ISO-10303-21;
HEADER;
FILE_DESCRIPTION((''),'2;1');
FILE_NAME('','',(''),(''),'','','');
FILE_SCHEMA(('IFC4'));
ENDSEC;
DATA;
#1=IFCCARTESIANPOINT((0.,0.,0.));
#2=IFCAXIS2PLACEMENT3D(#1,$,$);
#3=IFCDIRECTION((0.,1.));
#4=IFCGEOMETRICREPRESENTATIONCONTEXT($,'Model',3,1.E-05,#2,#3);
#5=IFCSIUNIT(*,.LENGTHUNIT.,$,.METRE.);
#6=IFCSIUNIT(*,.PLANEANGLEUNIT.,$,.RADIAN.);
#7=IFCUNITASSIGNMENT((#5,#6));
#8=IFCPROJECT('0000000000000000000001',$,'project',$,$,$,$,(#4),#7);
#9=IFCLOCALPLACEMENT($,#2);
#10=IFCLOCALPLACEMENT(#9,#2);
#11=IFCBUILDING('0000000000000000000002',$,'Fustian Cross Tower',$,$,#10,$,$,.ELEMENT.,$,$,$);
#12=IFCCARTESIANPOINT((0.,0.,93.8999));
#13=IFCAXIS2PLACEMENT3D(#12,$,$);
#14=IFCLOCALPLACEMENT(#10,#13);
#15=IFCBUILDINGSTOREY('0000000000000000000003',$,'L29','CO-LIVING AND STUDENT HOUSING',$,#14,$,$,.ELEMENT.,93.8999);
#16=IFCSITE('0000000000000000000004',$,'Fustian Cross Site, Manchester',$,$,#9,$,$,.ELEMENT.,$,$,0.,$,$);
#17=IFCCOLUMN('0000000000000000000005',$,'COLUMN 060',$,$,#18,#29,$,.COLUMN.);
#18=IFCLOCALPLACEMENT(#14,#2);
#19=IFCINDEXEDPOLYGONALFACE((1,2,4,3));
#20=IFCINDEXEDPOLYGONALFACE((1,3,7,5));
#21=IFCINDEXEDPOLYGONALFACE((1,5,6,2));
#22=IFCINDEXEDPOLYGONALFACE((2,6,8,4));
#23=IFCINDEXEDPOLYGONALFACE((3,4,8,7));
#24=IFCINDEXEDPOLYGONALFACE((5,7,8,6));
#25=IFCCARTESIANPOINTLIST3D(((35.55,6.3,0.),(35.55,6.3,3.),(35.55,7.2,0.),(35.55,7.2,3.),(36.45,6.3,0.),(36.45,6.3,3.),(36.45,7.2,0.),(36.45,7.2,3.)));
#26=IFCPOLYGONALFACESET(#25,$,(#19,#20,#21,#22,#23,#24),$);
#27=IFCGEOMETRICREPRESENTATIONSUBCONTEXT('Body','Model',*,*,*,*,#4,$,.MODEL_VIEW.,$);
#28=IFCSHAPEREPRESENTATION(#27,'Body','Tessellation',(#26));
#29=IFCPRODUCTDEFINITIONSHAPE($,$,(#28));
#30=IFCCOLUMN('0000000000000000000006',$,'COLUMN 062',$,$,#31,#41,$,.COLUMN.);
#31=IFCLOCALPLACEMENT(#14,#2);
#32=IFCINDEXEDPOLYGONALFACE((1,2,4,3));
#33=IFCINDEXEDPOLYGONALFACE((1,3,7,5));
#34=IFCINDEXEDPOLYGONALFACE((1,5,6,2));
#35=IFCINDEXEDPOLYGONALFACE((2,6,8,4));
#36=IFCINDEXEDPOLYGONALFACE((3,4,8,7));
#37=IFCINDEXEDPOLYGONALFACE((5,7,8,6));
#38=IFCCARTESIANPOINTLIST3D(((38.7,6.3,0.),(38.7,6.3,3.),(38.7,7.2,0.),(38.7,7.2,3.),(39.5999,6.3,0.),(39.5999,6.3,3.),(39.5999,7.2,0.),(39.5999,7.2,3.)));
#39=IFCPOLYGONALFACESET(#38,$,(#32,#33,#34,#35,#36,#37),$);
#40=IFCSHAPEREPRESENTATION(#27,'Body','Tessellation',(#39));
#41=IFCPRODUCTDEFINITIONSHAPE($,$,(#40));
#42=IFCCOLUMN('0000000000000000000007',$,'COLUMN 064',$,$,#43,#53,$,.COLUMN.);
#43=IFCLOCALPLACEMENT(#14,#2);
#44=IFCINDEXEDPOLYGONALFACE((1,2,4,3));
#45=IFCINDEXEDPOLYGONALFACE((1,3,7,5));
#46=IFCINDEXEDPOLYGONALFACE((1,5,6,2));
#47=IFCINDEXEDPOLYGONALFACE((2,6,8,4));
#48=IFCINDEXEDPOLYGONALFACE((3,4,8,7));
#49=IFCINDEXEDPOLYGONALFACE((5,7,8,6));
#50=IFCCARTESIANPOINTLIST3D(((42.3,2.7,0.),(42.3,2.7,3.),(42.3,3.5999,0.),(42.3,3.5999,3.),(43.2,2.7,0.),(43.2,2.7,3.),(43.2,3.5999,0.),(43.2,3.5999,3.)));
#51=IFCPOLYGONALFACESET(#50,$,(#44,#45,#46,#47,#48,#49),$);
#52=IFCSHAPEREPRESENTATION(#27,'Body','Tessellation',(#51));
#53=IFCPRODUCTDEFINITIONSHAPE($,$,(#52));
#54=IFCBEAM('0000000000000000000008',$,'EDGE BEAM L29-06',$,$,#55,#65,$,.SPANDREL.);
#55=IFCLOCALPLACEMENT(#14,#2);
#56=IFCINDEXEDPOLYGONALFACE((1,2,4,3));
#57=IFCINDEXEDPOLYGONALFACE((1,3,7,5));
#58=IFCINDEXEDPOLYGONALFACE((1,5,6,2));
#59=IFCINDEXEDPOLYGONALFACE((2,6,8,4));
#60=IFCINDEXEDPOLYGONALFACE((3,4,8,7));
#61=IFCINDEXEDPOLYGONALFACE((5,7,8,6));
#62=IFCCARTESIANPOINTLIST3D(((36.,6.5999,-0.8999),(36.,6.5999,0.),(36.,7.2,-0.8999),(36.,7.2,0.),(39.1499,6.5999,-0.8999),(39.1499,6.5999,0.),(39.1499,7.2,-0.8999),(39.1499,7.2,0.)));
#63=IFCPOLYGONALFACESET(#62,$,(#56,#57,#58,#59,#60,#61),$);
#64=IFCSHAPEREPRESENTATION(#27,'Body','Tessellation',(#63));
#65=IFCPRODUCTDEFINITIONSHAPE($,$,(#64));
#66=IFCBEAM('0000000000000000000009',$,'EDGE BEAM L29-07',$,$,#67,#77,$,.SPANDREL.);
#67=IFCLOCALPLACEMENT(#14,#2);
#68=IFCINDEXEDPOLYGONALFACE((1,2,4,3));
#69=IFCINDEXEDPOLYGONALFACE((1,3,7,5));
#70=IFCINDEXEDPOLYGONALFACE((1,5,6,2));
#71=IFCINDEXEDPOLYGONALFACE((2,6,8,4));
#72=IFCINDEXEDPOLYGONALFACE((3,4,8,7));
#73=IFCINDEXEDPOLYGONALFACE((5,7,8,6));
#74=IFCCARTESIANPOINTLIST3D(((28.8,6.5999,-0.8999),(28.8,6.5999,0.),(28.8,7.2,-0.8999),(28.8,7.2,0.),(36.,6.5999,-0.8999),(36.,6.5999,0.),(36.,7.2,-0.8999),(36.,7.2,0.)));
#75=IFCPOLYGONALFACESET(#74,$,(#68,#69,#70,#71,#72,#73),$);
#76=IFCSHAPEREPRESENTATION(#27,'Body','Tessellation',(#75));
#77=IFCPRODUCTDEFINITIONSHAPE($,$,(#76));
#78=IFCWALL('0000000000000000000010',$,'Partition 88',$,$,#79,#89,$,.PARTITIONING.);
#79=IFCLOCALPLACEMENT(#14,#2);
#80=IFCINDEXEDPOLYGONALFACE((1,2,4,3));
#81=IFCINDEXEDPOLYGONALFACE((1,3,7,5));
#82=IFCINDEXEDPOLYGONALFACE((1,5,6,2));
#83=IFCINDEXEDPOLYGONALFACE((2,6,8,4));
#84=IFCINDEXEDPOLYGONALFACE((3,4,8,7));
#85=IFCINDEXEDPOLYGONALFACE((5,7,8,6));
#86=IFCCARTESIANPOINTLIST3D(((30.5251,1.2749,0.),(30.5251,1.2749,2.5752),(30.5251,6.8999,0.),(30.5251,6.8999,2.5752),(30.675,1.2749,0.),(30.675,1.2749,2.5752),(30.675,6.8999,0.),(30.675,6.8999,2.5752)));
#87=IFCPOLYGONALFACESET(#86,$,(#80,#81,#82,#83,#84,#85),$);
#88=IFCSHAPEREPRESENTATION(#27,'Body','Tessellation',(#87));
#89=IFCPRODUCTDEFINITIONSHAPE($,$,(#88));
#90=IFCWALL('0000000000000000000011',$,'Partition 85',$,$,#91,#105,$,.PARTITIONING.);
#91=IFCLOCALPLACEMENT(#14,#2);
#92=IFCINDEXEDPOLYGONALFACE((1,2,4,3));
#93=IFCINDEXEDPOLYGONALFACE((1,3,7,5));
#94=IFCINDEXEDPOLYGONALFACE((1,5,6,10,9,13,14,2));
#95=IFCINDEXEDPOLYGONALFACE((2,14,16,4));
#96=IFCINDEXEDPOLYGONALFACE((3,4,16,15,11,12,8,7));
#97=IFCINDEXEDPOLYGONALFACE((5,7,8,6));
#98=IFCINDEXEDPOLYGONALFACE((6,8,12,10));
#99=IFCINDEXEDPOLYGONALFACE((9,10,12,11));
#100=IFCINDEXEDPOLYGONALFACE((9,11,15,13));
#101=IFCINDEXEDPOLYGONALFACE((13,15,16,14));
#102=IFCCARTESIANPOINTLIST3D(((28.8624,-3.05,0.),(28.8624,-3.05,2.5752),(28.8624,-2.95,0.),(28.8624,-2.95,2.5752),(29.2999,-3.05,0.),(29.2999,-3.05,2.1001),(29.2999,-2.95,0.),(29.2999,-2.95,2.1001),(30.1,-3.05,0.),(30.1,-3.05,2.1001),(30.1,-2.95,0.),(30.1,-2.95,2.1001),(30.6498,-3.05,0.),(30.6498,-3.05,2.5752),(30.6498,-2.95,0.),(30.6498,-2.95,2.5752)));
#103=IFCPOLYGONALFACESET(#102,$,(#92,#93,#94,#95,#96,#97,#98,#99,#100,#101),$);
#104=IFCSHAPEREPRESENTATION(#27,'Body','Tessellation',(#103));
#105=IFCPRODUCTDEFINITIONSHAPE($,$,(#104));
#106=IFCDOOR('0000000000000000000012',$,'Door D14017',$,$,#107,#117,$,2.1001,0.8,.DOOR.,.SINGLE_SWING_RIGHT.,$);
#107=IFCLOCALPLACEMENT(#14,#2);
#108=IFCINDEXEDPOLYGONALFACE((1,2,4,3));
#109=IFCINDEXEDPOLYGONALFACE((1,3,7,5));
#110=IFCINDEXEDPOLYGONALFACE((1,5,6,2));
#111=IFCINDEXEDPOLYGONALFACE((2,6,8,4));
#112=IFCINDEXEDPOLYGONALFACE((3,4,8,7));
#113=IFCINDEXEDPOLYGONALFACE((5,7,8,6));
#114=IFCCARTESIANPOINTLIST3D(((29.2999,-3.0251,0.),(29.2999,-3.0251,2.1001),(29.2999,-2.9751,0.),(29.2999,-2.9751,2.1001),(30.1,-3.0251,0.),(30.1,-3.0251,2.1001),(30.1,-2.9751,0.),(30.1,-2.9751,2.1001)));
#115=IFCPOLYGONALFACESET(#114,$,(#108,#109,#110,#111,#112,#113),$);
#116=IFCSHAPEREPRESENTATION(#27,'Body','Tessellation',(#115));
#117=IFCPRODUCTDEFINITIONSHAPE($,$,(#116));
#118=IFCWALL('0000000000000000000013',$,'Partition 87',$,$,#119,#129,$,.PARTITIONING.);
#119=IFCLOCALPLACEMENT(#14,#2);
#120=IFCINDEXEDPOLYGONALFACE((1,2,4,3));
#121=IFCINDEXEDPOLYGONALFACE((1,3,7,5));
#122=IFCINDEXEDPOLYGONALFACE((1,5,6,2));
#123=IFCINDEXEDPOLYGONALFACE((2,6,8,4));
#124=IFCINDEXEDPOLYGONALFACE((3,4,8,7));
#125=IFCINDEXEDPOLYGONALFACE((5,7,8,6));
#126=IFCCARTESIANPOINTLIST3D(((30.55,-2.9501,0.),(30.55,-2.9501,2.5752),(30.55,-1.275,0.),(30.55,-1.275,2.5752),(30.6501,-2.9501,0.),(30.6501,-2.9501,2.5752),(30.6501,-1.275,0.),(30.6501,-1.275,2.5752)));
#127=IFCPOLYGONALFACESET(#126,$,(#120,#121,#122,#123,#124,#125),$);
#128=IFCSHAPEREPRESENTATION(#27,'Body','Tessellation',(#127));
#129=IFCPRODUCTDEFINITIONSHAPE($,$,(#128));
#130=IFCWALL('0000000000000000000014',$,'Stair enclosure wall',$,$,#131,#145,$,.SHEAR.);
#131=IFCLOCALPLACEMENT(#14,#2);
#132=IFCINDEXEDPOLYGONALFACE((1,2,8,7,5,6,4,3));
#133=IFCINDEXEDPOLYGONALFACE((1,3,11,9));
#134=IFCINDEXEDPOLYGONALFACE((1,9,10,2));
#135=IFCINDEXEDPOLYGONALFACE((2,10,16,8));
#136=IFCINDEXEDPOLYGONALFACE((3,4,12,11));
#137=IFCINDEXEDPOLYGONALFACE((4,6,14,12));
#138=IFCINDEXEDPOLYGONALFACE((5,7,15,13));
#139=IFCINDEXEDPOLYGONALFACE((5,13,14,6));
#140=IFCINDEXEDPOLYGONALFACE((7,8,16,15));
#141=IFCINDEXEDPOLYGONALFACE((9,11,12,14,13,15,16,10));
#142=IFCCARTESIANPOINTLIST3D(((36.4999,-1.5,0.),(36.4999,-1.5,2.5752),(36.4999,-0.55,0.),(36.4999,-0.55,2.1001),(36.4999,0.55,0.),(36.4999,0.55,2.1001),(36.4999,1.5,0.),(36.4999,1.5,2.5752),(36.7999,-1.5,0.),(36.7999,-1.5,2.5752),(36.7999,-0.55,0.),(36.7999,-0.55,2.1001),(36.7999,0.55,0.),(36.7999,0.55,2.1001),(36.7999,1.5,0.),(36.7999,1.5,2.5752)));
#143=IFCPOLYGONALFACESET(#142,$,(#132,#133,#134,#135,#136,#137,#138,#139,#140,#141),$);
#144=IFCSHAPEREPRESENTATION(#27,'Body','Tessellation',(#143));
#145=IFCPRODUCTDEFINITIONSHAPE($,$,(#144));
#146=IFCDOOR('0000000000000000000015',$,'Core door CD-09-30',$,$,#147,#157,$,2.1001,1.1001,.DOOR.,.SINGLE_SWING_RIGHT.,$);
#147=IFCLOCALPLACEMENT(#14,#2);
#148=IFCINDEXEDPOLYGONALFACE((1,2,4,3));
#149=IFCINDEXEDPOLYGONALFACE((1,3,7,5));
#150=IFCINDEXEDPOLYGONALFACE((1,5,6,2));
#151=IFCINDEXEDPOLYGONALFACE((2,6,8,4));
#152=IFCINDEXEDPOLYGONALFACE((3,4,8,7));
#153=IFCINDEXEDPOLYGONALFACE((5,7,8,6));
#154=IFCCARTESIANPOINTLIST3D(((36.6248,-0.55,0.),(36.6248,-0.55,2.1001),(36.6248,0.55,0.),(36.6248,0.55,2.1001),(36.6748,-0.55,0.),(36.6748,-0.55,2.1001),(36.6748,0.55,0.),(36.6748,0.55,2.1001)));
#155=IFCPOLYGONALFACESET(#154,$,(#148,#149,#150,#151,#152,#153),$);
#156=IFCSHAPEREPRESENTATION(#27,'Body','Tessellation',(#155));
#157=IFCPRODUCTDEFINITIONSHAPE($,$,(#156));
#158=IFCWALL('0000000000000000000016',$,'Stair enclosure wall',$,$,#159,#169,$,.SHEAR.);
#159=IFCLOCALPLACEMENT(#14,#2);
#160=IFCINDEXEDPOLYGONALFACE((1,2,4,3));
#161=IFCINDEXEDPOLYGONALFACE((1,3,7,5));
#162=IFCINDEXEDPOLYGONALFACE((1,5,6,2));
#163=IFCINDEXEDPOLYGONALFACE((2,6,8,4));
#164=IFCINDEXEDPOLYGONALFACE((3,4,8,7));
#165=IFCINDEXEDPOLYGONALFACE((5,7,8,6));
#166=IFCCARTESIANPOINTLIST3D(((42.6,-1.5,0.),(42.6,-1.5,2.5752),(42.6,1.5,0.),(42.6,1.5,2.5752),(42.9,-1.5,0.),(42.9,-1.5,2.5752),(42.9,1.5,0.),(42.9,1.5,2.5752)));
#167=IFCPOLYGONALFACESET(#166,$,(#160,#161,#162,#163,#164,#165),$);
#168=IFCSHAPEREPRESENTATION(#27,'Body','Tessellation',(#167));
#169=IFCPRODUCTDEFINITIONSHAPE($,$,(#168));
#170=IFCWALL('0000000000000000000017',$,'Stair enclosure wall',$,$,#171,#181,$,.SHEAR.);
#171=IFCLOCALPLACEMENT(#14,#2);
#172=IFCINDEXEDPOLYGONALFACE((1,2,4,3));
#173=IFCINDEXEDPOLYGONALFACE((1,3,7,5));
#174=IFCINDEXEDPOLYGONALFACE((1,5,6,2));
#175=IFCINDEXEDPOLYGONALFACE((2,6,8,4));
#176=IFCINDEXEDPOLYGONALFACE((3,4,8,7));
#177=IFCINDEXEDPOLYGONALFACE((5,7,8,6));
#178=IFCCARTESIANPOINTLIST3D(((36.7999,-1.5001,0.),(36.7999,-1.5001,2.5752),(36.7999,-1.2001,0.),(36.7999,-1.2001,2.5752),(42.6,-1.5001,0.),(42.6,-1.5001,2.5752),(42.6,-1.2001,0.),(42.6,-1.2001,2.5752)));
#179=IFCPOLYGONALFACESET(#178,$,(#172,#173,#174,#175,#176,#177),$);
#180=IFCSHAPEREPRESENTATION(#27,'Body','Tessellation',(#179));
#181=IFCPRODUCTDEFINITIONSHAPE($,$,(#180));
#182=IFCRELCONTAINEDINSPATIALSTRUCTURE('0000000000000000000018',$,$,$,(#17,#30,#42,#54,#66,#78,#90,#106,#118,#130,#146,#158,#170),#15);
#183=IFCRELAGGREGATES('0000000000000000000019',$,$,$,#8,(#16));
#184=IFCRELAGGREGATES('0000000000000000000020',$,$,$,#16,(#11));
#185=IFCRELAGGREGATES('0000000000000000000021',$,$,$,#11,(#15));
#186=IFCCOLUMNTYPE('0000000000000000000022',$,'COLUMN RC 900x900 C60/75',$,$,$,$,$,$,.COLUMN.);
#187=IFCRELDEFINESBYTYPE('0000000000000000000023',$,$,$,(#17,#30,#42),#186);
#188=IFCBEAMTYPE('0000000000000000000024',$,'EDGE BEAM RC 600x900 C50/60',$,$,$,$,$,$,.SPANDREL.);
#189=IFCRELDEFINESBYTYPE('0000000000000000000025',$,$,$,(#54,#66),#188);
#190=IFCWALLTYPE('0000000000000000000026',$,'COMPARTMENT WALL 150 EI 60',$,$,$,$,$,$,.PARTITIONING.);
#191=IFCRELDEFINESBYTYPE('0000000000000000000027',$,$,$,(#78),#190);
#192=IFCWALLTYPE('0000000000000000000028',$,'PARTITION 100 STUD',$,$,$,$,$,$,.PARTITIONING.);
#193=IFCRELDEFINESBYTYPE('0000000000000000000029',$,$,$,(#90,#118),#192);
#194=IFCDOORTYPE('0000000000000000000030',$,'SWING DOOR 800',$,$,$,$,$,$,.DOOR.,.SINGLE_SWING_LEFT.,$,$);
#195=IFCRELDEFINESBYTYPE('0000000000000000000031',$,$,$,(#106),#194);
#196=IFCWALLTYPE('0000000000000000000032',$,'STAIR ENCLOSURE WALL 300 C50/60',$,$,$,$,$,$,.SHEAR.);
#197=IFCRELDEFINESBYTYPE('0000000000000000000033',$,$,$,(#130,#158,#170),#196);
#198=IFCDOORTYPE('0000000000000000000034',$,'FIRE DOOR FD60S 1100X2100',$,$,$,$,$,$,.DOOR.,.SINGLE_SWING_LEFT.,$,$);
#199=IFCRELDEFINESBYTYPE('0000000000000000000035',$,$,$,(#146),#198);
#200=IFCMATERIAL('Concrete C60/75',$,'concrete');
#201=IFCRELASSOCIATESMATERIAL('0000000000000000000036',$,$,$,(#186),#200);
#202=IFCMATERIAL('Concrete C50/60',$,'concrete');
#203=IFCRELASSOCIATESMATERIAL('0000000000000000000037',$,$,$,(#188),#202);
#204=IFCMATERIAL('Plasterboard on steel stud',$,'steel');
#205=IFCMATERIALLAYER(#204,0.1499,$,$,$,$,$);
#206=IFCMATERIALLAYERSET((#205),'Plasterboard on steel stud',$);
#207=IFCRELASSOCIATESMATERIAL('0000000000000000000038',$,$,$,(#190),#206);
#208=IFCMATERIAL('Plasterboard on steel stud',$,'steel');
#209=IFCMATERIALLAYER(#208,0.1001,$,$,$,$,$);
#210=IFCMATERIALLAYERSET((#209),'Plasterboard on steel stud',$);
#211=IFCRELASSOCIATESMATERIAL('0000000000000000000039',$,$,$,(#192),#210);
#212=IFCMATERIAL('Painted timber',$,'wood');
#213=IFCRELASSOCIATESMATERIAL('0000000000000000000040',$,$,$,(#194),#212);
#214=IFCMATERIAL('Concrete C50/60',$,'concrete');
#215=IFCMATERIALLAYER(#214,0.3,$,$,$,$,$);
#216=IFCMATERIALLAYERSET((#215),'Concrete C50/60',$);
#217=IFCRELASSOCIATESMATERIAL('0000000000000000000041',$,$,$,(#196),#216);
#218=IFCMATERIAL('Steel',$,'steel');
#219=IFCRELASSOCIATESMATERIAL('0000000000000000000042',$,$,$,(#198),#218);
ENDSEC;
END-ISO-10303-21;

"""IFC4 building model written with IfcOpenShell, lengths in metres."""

from ifc_helpers import new_model, si_unit, direction, frame, frame_2d, origin, origin_2d, place, context, subcontext, project, spatial, rectangle, extrude, material, layer, layer_set, material_profile, profile_set, type_object, element, fill, save


model = new_model("IFC4")

# Units and contexts
model_context = context("Model", 3, precision=1e-05, world=origin(), true_north=direction((0.0, 1.0)))
body_context = subcontext(model_context, "Body", "Model", "MODEL_VIEW")
ifc_project = project(units=[si_unit("LENGTHUNIT", "METRE"), si_unit("PLANEANGLEUNIT", "RADIAN")], contexts=[model_context])

# Site, building, storey
site_placement = place(None, origin())
site = spatial("IfcSite", under=ifc_project, at=site_placement, Name="Fustian Cross Site, Manchester", CompositionType="ELEMENT", RefElevation=0.0)
building_placement = place(site_placement, origin())
building = spatial("IfcBuilding", under=site, at=building_placement, Name="Fustian Cross Tower", CompositionType="ELEMENT")
storey_placement = place(building_placement, frame((0.0, 0.0, 93.8999)))
storey = spatial("IfcBuildingStorey", under=building, at=storey_placement, Name="L29", Description="CO-LIVING AND STUDENT HOUSING", CompositionType="ELEMENT", Elevation=93.8999)

# Columns
ifc_material_1 = material(Name="Concrete C60/75", Category="concrete")
ifc_material_profile_1 = material_profile(ifc_material_1, rectangle(XDim=0.8999, YDim=0.8999, at=origin_2d()), Name="RC 900x900")
ifc_profile_set_1 = profile_set([ifc_material_profile_1], Name="Concrete C60/75")
column_type = type_object("IfcColumnType", Name="COLUMN RC 900x900 C60/75", PredefinedType="COLUMN", material=ifc_profile_set_1)
for number, where, z_axis, x_axis, name in (
    (1, (36.0, 6.75, 0.0), (0.0, 0.0, 1.0), (1.0, 0.0, 0.0), "COLUMN 060"),
    (2, (39.1499, 6.75, 0.0), (0.0, 0.0, 1.0), (1.0, 0.0, 0.0), "COLUMN 062"),
    (3, (42.75, 3.1499, 0.0), (0.0, 0.0, 1.0), (1.0, 0.0, 0.0), "COLUMN 064"),
):
    element("IfcColumn", number, at=place(storey_placement, frame(where, z_axis=z_axis, x_axis=x_axis)), inside=storey, type_object=column_type, Name=name, PredefinedType="COLUMN", context=body_context, shape_type="SweptSolid", body=[
        extrude(rectangle(XDim=0.8999, YDim=0.8999, at=origin_2d()), origin(), (0.0, 0.0, 1.0), 3.0),
    ])

# Beams
ifc_material_2 = material(Name="Concrete C50/60", Category="concrete")
ifc_material_profile_2 = material_profile(ifc_material_2, rectangle(XDim=0.6001, YDim=0.8999, at=origin_2d()), Name="RC 600x900")
ifc_profile_set_2 = profile_set([ifc_material_profile_2], Name="Concrete C50/60")
beam_type = type_object("IfcBeamType", Name="EDGE BEAM RC 600x900 C50/60", PredefinedType="SPANDREL", material=ifc_profile_set_2)
beam_1_placement = place(storey_placement, frame((39.1499, 6.8999, -0.45), z_axis=(-1.0, 0.0, 0.0), x_axis=(0.0, -1.0, 0.0)))
element("IfcBeam", 4, at=beam_1_placement, inside=storey, type_object=beam_type, Name="EDGE BEAM L29-06", PredefinedType="SPANDREL", context=body_context, shape_type="SweptSolid", body=[
    extrude(rectangle(XDim=0.6001, YDim=0.8999, at=origin_2d()), origin(), (0.0, 0.0, 1.0), 3.1499),
])
beam_2_placement = place(storey_placement, frame((36.0, 6.8999, -0.45), z_axis=(-1.0, 0.0, 0.0), x_axis=(0.0, -1.0, 0.0)))
element("IfcBeam", 5, at=beam_2_placement, inside=storey, type_object=beam_type, Name="EDGE BEAM L29-07", PredefinedType="SPANDREL", context=body_context, shape_type="SweptSolid", body=[
    extrude(rectangle(XDim=0.6001, YDim=0.8999, at=origin_2d()), origin(), (0.0, 0.0, 1.0), 7.2),
])

# Wall
ifc_material_3 = material(Name="Plasterboard on steel stud", Category="steel")
ifc_layer_1 = layer(ifc_material_3, 0.1499)
ifc_layer_set_1 = layer_set([ifc_layer_1], Name="Plasterboard on steel stud")
wall_type_1 = type_object("IfcWallType", Name="COMPARTMENT WALL 150 EI 60", PredefinedType="PARTITIONING", material=ifc_layer_set_1)
wall_1_placement = place(storey_placement, frame((30.6001, 1.2749, 0.0), z_axis=(0.0, 0.0, 1.0), x_axis=(0.0, 1.0, 0.0)))
element("IfcWall", 6, at=wall_1_placement, inside=storey, type_object=wall_type_1, Name="Partition 88", PredefinedType="PARTITIONING", context=body_context, shape_type="SweptSolid", body=[
    extrude(rectangle(XDim=5.625, YDim=0.1499, at=frame_2d((2.8125, 0.0))), origin(), (0.0, 0.0, 1.0), 2.5752),
])

# Wall, opening, door
ifc_material_4 = material(Name="Plasterboard on steel stud", Category="steel")
ifc_layer_2 = layer(ifc_material_4, 0.1001)
ifc_layer_set_2 = layer_set([ifc_layer_2], Name="Plasterboard on steel stud")
wall_type_2 = type_object("IfcWallType", Name="PARTITION 100 STUD", PredefinedType="PARTITIONING", material=ifc_layer_set_2)
wall_2_placement = place(storey_placement, frame((28.8625, -3.0, 0.0), z_axis=(0.0, 0.0, 1.0), x_axis=(1.0, 0.0, 0.0)))
wall_2 = element("IfcWall", 7, at=wall_2_placement, inside=storey, type_object=wall_type_2, Name="Partition 85", PredefinedType="PARTITIONING", context=body_context, shape_type="SweptSolid", body=[
    extrude(rectangle(XDim=1.7874, YDim=0.1001, at=frame_2d((0.8936, 0.0))), origin(), (0.0, 0.0, 1.0), 2.5752),
])
opening_1_placement = place(wall_2_placement, frame((0.4375, 0.0, 0.0)))
opening_1 = element("IfcOpeningElement", 8, at=opening_1_placement, cuts=wall_2, PredefinedType="OPENING", context=body_context, shape_type="SweptSolid", body=[
    extrude(rectangle(XDim=0.8, YDim=2.1001, at=frame_2d((0.3999, 1.05))), frame((0.0, 0.0601, 0.0), z_axis=(0.0, -1.0, 0.0), x_axis=(1.0, 0.0, 0.0)), (0.0, 0.0, 1.0), 0.1201),
])
ifc_material_5 = material(Name="Painted timber", Category="wood")
door_type_1 = type_object("IfcDoorType", Name="SWING DOOR 800", OperationType="SINGLE_SWING_LEFT", PredefinedType="DOOR", material=ifc_material_5)
door_1_placement = place(opening_1_placement, origin())
door_1 = element("IfcDoor", 9, at=door_1_placement, inside=storey, type_object=door_type_1, Name="Door D14017", OperationType="SINGLE_SWING_RIGHT", OverallHeight=2.1001, OverallWidth=0.8, PredefinedType="DOOR", context=body_context, shape_type="SweptSolid", body=[
    extrude(rectangle(XDim=0.8, YDim=2.1001, at=frame_2d((0.3999, 1.05))), frame((0.0, 0.0249, 0.0), z_axis=(0.0, -1.0, 0.0), x_axis=(1.0, 0.0, 0.0)), (0.0, 0.0, 1.0), 0.05),
])
fill(opening_1, door_1)

# Wall
wall_3_placement = place(storey_placement, frame((30.6001, -2.95, 0.0), z_axis=(0.0, 0.0, 1.0), x_axis=(0.0, 1.0, 0.0)))
element("IfcWall", 10, at=wall_3_placement, inside=storey, type_object=wall_type_2, Name="Partition 87", PredefinedType="PARTITIONING", context=body_context, shape_type="SweptSolid", body=[
    extrude(rectangle(XDim=1.675, YDim=0.1001, at=frame_2d((0.8374, 0.0))), origin(), (0.0, 0.0, 1.0), 2.5752),
])

# Wall, opening, door
ifc_material_6 = material(Name="Concrete C50/60", Category="concrete")
ifc_layer_3 = layer(ifc_material_6, 0.3)
ifc_layer_set_3 = layer_set([ifc_layer_3], Name="Concrete C50/60")
wall_type_3 = type_object("IfcWallType", Name="STAIR ENCLOSURE WALL 300 C50/60", PredefinedType="SHEAR", material=ifc_layer_set_3)
wall_4_placement = place(storey_placement, frame((36.6499, -1.5, 0.0), z_axis=(0.0, 0.0, 1.0), x_axis=(0.0, 1.0, 0.0)))
wall_4 = element("IfcWall", 11, at=wall_4_placement, inside=storey, type_object=wall_type_3, Name="Stair enclosure wall", PredefinedType="SHEAR", context=body_context, shape_type="SweptSolid", body=[
    extrude(rectangle(XDim=3.0, YDim=0.3, at=frame_2d((1.5, 0.0))), origin(), (0.0, 0.0, 1.0), 2.5752),
])
opening_2_placement = place(wall_4_placement, frame((0.95, 0.0, 0.0)))
opening_2 = element("IfcOpeningElement", 12, at=opening_2_placement, cuts=wall_4, PredefinedType="OPENING", context=body_context, shape_type="SweptSolid", body=[
    extrude(rectangle(XDim=1.1001, YDim=2.1001, at=frame_2d((0.55, 1.05))), frame((0.0, 0.1599, 0.0), z_axis=(0.0, -1.0, 0.0), x_axis=(1.0, 0.0, 0.0)), (0.0, 0.0, 1.0), 0.3201),
])
ifc_material_7 = material(Name="Steel", Category="steel")
door_type_2 = type_object("IfcDoorType", Name="FIRE DOOR FD60S 1100X2100", OperationType="SINGLE_SWING_LEFT", PredefinedType="DOOR", material=ifc_material_7)
door_2_placement = place(opening_2_placement, frame((1.1001, 0.0, 0.0), z_axis=(0.0, 0.0, 1.0), x_axis=(-1.0, 0.0, 0.0)))
door_2 = element("IfcDoor", 13, at=door_2_placement, inside=storey, type_object=door_type_2, Name="Core door CD-09-30", OperationType="SINGLE_SWING_RIGHT", OverallHeight=2.1001, OverallWidth=1.1001, PredefinedType="DOOR", context=body_context, shape_type="SweptSolid", body=[
    extrude(rectangle(XDim=1.1001, YDim=2.1001, at=frame_2d((0.55, 1.05))), frame((0.0, 0.0249, 0.0), z_axis=(0.0, -1.0, 0.0), x_axis=(1.0, 0.0, 0.0)), (0.0, 0.0, 1.0), 0.05),
])
fill(opening_2, door_2)

# Walls
wall_5_placement = place(storey_placement, frame((42.75, -1.5, 0.0), z_axis=(0.0, 0.0, 1.0), x_axis=(0.0, 1.0, 0.0)))
element("IfcWall", 14, at=wall_5_placement, inside=storey, type_object=wall_type_3, Name="Stair enclosure wall", PredefinedType="SHEAR", context=body_context, shape_type="SweptSolid", body=[
    extrude(rectangle(XDim=3.0, YDim=0.3, at=frame_2d((1.5, 0.0))), origin(), (0.0, 0.0, 1.0), 2.5752),
])
for number, where, z_axis, x_axis, name in (
    (15, (36.8, -1.3501, 0.0), (0.0, 0.0, 1.0), (1.0, 0.0, 0.0), "Stair enclosure wall"),
):
    element("IfcWall", number, at=place(storey_placement, frame(where, z_axis=z_axis, x_axis=x_axis)), inside=storey, type_object=wall_type_3, Name=name, PredefinedType="SHEAR", context=body_context, shape_type="SweptSolid", body=[
        extrude(rectangle(XDim=5.8, YDim=0.3, at=frame_2d((2.8999, 0.0))), origin(), (0.0, 0.0, 1.0), 2.5752),
    ])

save(model, "model.ifc")
